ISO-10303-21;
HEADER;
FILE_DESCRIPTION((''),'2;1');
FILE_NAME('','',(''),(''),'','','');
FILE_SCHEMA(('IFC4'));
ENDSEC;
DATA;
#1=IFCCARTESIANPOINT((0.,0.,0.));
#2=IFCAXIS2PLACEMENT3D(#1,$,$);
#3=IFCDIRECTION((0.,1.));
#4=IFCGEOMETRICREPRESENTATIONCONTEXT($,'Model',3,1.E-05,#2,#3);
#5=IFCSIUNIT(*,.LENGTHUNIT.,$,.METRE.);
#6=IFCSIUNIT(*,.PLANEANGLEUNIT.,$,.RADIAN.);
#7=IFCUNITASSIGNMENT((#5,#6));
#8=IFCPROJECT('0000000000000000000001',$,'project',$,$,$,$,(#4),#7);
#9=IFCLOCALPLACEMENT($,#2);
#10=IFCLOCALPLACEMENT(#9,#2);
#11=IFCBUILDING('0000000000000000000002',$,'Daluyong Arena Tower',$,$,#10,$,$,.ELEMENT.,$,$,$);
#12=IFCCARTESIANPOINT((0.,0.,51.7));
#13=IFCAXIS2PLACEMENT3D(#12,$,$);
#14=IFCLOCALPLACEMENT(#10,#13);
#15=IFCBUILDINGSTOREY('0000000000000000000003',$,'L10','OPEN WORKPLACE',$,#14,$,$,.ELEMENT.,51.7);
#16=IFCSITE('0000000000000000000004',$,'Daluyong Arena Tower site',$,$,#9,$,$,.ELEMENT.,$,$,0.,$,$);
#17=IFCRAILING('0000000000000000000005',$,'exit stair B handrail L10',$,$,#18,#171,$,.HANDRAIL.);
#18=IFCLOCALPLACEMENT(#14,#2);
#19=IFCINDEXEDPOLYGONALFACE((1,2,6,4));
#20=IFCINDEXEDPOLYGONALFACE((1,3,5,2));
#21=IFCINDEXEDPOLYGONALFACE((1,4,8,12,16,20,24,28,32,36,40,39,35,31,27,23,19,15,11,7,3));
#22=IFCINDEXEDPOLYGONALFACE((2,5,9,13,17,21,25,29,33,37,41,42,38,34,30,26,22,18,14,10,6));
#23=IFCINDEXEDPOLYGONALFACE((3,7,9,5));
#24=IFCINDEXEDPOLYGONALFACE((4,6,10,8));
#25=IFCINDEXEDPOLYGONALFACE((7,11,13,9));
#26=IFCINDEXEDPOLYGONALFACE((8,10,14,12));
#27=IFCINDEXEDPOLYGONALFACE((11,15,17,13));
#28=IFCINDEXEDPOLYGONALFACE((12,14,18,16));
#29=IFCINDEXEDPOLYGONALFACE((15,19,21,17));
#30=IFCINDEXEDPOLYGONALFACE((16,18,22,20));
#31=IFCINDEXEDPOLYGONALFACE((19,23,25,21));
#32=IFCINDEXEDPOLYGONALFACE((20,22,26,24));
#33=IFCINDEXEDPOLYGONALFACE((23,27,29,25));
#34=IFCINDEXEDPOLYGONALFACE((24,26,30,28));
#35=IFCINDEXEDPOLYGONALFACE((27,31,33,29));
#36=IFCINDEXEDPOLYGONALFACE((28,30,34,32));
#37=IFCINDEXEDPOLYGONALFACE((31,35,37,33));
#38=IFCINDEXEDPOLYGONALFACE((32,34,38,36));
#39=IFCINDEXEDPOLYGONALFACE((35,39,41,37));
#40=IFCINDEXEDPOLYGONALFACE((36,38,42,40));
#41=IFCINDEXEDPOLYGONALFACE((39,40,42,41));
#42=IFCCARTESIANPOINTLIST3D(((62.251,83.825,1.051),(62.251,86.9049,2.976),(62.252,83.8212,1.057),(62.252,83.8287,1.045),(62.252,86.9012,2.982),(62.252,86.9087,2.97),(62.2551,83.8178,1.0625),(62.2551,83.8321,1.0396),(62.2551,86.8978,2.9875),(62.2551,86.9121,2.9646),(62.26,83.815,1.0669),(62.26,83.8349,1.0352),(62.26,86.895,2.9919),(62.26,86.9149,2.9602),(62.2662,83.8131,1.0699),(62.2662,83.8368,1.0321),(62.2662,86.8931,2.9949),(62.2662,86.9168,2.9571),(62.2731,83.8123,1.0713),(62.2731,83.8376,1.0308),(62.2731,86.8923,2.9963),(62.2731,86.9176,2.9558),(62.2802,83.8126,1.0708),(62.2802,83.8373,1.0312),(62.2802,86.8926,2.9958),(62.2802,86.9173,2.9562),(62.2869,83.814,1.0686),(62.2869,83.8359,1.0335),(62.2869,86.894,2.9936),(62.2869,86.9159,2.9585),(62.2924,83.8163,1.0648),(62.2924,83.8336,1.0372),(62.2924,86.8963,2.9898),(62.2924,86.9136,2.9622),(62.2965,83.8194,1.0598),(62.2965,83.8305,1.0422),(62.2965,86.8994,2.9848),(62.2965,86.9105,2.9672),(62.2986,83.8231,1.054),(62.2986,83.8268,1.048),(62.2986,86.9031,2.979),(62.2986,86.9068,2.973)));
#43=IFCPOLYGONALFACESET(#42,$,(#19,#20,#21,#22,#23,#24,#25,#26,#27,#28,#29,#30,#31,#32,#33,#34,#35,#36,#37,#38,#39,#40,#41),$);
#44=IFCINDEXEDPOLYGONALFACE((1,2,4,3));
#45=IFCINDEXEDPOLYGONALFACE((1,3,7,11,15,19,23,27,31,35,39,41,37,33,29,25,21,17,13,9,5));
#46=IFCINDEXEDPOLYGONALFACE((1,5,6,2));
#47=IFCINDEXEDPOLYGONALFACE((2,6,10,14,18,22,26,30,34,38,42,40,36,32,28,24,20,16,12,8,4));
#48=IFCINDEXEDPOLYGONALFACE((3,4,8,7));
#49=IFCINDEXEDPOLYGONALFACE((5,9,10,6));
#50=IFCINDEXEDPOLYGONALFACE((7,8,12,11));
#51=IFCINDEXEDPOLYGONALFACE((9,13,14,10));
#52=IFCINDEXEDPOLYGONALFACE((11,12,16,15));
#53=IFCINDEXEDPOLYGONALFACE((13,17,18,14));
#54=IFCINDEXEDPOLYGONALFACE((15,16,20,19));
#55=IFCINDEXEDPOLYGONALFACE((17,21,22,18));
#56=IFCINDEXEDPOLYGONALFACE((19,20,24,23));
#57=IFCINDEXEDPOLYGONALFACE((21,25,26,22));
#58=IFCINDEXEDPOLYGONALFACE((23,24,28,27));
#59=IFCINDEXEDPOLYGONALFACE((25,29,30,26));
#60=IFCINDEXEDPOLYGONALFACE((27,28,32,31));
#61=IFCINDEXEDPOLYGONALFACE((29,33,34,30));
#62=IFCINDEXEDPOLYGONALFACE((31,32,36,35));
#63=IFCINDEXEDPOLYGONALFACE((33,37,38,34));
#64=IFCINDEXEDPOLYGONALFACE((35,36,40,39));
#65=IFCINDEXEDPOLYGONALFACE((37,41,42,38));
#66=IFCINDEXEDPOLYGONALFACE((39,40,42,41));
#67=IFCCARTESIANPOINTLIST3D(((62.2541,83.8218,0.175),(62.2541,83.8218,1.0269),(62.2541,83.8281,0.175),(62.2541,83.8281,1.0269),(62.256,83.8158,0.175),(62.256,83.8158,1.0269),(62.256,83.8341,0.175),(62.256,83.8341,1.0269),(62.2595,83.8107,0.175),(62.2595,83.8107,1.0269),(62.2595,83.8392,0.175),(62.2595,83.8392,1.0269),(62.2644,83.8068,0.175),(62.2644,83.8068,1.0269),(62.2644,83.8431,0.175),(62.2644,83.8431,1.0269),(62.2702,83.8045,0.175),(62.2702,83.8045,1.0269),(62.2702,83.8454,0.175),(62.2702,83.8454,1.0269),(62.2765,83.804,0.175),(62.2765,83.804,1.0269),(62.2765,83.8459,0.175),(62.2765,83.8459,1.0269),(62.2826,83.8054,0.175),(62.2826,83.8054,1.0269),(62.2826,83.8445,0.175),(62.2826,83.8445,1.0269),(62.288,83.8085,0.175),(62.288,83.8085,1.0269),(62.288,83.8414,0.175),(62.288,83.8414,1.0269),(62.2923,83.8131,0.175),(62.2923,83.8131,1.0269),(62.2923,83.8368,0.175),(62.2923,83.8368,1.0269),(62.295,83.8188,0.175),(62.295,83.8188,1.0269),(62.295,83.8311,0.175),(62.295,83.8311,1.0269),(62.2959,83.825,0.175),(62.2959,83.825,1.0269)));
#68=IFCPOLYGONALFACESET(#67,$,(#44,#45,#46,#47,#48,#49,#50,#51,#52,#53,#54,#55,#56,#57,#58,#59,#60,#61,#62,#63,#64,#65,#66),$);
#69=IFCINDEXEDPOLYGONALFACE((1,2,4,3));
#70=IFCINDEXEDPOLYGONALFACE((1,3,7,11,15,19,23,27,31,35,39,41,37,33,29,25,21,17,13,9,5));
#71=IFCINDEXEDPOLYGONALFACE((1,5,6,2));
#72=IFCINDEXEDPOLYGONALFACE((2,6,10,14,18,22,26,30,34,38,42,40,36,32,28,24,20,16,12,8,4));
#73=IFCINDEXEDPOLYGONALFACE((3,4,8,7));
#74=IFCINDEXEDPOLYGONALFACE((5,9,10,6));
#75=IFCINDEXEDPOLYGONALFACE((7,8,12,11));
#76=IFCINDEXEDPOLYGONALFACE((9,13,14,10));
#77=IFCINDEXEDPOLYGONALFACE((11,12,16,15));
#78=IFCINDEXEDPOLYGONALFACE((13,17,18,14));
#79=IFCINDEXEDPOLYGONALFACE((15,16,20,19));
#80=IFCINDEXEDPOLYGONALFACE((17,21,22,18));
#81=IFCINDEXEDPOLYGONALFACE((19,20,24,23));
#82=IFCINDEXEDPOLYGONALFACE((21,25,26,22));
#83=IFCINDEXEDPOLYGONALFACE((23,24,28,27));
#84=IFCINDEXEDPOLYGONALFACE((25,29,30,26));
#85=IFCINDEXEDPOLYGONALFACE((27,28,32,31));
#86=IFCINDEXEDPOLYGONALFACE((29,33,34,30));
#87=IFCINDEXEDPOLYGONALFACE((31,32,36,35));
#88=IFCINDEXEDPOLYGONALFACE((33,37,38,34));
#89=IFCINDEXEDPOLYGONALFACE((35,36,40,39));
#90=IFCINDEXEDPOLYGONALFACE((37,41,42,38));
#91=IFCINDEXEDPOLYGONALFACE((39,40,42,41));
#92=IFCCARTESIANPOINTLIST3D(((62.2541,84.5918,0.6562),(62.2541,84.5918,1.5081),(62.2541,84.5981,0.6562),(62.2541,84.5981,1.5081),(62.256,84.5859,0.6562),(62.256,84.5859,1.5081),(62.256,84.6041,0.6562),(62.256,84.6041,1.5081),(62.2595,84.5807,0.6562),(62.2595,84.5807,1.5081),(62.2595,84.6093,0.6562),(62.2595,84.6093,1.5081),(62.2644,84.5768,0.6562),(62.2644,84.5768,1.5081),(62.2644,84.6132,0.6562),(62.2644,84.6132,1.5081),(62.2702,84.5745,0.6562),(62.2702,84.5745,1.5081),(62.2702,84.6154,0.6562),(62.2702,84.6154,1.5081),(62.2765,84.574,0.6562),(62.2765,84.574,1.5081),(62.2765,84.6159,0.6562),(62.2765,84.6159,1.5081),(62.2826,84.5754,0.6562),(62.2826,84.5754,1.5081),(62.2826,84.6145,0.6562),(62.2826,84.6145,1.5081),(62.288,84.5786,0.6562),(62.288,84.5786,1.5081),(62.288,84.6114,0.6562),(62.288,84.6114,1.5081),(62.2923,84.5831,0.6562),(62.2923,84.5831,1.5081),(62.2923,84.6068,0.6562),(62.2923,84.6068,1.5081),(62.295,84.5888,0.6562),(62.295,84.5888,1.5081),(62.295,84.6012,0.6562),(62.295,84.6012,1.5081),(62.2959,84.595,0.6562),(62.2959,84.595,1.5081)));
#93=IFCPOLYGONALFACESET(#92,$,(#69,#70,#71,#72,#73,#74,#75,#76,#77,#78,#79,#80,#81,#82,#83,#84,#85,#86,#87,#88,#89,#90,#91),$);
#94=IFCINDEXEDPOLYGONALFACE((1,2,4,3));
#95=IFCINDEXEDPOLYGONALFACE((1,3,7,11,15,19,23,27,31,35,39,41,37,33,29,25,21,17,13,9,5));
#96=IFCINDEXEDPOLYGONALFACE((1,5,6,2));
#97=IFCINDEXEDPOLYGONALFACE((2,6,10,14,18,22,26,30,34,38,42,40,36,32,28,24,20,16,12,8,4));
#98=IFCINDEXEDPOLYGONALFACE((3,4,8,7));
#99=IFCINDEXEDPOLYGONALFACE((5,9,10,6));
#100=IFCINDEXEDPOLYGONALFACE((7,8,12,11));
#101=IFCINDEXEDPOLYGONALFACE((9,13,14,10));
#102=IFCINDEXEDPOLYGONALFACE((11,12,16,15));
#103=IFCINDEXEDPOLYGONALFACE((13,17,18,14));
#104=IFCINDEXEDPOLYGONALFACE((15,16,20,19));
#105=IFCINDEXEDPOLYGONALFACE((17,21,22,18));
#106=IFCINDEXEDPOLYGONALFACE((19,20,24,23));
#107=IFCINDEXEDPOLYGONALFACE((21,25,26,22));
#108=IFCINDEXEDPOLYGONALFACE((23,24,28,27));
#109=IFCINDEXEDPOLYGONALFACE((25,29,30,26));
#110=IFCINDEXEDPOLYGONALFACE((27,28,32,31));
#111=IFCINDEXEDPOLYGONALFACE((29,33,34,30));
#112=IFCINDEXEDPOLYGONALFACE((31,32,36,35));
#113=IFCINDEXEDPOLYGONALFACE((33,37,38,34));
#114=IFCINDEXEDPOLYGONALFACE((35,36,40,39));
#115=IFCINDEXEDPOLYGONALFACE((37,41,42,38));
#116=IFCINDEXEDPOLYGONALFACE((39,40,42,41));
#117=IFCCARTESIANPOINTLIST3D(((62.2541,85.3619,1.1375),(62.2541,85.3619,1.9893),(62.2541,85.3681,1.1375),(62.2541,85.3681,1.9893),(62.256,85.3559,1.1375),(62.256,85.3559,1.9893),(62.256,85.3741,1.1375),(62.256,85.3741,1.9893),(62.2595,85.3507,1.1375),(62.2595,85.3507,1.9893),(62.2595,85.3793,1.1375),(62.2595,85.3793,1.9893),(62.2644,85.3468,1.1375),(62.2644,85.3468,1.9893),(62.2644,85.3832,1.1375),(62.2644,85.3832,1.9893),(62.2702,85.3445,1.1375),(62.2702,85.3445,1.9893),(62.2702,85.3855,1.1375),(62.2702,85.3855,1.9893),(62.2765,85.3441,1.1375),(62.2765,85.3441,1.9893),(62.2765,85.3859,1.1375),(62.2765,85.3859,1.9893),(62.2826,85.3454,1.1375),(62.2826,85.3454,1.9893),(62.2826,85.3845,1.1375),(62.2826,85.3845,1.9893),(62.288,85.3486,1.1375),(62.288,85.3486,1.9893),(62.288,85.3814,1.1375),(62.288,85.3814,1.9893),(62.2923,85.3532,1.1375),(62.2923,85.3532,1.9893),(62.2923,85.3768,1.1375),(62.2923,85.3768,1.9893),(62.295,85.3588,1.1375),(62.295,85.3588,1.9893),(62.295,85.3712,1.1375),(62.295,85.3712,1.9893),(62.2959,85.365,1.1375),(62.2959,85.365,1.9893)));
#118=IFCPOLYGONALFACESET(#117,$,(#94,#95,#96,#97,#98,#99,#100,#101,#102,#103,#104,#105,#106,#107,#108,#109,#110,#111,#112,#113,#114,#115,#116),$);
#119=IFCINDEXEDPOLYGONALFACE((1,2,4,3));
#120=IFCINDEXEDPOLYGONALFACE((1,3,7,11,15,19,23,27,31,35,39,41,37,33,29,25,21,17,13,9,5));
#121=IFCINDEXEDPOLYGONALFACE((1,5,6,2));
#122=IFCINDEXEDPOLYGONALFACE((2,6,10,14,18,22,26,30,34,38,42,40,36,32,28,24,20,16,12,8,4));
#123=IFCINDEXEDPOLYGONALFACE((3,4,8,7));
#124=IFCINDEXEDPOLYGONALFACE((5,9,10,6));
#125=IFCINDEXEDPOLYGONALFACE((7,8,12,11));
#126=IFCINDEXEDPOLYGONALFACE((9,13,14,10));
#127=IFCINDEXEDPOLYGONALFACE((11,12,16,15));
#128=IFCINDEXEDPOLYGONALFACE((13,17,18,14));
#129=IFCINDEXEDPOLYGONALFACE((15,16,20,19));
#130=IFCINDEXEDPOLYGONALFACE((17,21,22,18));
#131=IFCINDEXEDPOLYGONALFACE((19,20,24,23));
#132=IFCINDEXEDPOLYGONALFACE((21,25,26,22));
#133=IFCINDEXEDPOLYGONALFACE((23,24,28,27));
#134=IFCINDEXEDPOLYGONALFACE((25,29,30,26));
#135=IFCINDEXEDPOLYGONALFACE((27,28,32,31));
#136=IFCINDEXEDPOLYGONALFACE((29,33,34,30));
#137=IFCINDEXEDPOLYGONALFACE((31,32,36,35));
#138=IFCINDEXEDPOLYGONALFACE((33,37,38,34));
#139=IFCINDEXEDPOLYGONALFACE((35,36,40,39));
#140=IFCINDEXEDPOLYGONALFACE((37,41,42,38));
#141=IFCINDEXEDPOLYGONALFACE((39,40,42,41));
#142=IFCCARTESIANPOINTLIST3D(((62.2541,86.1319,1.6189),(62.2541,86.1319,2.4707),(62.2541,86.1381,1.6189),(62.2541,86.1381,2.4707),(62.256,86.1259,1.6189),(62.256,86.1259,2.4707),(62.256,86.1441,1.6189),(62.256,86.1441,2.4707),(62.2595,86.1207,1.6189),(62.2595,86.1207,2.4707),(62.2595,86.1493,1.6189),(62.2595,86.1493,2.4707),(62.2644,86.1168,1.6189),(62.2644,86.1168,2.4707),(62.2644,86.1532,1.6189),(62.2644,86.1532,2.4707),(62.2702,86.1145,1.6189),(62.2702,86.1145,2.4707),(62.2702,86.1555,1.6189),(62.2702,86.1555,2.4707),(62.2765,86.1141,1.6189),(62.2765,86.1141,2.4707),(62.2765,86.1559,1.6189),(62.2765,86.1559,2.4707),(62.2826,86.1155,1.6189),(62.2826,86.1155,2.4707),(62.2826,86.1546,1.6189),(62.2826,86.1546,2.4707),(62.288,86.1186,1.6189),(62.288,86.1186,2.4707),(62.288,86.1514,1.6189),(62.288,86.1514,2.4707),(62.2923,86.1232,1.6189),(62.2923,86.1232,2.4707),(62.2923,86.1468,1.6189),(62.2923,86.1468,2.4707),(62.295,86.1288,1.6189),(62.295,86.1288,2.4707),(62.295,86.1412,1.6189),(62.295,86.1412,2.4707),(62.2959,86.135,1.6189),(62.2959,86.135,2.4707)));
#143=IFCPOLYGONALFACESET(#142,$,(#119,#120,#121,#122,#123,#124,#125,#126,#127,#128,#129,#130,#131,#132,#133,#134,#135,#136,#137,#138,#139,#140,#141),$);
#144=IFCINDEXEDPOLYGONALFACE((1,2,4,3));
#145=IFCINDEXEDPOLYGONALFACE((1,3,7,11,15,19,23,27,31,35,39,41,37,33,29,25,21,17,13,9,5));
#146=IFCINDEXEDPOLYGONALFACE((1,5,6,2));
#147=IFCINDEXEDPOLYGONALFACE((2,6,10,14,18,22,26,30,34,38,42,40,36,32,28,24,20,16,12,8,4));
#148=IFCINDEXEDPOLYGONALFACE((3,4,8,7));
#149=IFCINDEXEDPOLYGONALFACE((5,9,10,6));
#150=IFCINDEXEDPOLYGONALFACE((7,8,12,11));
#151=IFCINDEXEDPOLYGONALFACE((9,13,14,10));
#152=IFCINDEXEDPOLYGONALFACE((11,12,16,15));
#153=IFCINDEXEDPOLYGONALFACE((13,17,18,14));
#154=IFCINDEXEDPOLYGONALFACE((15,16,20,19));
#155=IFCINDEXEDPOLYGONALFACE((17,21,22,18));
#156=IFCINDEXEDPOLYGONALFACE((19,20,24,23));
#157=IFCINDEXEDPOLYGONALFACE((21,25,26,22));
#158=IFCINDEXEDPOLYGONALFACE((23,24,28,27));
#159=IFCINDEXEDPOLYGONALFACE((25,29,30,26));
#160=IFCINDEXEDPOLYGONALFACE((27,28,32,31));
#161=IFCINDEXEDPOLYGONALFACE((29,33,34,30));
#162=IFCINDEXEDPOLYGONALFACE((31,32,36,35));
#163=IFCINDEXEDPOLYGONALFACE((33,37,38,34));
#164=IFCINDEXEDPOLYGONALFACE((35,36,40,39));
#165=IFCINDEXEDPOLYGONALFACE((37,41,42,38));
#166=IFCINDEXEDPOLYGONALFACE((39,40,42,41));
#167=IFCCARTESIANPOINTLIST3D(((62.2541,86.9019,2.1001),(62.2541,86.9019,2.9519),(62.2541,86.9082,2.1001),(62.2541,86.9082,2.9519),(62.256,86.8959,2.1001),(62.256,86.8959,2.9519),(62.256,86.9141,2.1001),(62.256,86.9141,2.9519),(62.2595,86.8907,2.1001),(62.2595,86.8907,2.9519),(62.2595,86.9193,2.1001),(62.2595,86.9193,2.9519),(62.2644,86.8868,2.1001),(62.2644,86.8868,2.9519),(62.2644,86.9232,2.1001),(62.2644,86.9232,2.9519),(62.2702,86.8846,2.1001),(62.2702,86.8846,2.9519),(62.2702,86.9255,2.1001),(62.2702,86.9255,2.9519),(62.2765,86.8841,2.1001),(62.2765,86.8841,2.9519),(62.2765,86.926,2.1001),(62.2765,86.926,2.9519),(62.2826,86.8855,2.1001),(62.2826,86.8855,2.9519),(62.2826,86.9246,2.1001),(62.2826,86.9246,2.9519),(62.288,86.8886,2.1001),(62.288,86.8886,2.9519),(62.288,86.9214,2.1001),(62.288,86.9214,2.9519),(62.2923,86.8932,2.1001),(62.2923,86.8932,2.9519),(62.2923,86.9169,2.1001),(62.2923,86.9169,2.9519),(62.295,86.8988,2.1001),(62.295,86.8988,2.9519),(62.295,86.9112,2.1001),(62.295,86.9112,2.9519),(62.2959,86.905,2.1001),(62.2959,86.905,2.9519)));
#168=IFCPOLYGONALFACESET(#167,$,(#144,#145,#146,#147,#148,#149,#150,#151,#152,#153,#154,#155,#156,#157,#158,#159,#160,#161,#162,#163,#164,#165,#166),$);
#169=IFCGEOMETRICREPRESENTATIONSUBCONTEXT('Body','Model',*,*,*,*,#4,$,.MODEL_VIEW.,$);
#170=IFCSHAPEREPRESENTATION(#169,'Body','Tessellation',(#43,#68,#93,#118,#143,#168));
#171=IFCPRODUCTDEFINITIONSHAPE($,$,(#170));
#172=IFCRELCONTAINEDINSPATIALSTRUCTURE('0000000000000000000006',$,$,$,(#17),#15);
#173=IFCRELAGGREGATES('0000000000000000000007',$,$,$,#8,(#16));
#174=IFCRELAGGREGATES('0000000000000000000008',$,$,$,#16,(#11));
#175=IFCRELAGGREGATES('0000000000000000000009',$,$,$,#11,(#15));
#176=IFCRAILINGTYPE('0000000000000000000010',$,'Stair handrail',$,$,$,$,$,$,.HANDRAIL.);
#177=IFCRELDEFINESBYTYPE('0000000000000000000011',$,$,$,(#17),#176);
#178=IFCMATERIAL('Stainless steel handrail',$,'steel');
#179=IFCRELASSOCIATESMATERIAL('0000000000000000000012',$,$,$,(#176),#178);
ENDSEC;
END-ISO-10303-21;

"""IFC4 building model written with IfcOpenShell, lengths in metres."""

from ifc_helpers import new_model, si_unit, direction, frame, origin, origin_2d, place, context, subcontext, project, spatial, circle, extrude, material, type_object, element, save


model = new_model("IFC4")

# Units and contexts
model_context = context("Model", 3, precision=1e-05, world=origin(), true_north=direction((0.0, 1.0)))
body_context = subcontext(model_context, "Body", "Model", "MODEL_VIEW")
ifc_project = project(units=[si_unit("LENGTHUNIT", "METRE"), si_unit("PLANEANGLEUNIT", "RADIAN")], contexts=[model_context])

# Site, building, storey
site_placement = place(None, origin())
site = spatial("IfcSite", under=ifc_project, at=site_placement, Name="Daluyong Arena Tower site", CompositionType="ELEMENT", RefElevation=0.0)
building_placement = place(site_placement, origin())
building = spatial("IfcBuilding", under=site, at=building_placement, Name="Daluyong Arena Tower", CompositionType="ELEMENT")
storey_placement = place(building_placement, frame((0.0, 0.0, 51.7)))
storey = spatial("IfcBuildingStorey", under=building, at=storey_placement, Name="L10", Description="OPEN WORKPLACE", CompositionType="ELEMENT", Elevation=51.7)

# Railing
ifc_material_1 = material(Name="Stainless steel handrail", Category="steel")
railing_type_1 = type_object("IfcRailingType", Name="Stair handrail", PredefinedType="HANDRAIL", material=ifc_material_1)
railing_1_placement = place(storey_placement, frame((62.2749, 83.825, 0.175)))
element("IfcRailing", 1, at=railing_1_placement, inside=storey, type_object=railing_type_1, Name="exit stair B handrail L10", PredefinedType="HANDRAIL", context=body_context, shape_type="SweptSolid", body=[
    extrude(circle(Radius=0.0239, at=origin_2d()), frame((0.0, 0.0, 0.876), z_axis=(0.0, 0.847998, 0.529999), x_axis=(-1.0, 0.0, 0.0)), (0.0, 0.0, 1.0), 3.6321),
    extrude(circle(Radius=0.021, at=origin_2d()), origin(), (0.0, 0.0, 1.0), 0.8518),
    extrude(circle(Radius=0.021, at=origin_2d()), frame((0.0, 0.77, 0.4812)), (0.0, 0.0, 1.0), 0.8518),
    extrude(circle(Radius=0.021, at=origin_2d()), frame((0.0, 1.54, 0.9624)), (0.0, 0.0, 1.0), 0.8518),
    extrude(circle(Radius=0.021, at=origin_2d()), frame((0.0, 2.3101, 1.4438)), (0.0, 0.0, 1.0), 0.8518),
    extrude(circle(Radius=0.021, at=origin_2d()), frame((0.0, 3.0801, 1.925)), (0.0, 0.0, 1.0), 0.8518),
])

save(model, "model.ifc")
